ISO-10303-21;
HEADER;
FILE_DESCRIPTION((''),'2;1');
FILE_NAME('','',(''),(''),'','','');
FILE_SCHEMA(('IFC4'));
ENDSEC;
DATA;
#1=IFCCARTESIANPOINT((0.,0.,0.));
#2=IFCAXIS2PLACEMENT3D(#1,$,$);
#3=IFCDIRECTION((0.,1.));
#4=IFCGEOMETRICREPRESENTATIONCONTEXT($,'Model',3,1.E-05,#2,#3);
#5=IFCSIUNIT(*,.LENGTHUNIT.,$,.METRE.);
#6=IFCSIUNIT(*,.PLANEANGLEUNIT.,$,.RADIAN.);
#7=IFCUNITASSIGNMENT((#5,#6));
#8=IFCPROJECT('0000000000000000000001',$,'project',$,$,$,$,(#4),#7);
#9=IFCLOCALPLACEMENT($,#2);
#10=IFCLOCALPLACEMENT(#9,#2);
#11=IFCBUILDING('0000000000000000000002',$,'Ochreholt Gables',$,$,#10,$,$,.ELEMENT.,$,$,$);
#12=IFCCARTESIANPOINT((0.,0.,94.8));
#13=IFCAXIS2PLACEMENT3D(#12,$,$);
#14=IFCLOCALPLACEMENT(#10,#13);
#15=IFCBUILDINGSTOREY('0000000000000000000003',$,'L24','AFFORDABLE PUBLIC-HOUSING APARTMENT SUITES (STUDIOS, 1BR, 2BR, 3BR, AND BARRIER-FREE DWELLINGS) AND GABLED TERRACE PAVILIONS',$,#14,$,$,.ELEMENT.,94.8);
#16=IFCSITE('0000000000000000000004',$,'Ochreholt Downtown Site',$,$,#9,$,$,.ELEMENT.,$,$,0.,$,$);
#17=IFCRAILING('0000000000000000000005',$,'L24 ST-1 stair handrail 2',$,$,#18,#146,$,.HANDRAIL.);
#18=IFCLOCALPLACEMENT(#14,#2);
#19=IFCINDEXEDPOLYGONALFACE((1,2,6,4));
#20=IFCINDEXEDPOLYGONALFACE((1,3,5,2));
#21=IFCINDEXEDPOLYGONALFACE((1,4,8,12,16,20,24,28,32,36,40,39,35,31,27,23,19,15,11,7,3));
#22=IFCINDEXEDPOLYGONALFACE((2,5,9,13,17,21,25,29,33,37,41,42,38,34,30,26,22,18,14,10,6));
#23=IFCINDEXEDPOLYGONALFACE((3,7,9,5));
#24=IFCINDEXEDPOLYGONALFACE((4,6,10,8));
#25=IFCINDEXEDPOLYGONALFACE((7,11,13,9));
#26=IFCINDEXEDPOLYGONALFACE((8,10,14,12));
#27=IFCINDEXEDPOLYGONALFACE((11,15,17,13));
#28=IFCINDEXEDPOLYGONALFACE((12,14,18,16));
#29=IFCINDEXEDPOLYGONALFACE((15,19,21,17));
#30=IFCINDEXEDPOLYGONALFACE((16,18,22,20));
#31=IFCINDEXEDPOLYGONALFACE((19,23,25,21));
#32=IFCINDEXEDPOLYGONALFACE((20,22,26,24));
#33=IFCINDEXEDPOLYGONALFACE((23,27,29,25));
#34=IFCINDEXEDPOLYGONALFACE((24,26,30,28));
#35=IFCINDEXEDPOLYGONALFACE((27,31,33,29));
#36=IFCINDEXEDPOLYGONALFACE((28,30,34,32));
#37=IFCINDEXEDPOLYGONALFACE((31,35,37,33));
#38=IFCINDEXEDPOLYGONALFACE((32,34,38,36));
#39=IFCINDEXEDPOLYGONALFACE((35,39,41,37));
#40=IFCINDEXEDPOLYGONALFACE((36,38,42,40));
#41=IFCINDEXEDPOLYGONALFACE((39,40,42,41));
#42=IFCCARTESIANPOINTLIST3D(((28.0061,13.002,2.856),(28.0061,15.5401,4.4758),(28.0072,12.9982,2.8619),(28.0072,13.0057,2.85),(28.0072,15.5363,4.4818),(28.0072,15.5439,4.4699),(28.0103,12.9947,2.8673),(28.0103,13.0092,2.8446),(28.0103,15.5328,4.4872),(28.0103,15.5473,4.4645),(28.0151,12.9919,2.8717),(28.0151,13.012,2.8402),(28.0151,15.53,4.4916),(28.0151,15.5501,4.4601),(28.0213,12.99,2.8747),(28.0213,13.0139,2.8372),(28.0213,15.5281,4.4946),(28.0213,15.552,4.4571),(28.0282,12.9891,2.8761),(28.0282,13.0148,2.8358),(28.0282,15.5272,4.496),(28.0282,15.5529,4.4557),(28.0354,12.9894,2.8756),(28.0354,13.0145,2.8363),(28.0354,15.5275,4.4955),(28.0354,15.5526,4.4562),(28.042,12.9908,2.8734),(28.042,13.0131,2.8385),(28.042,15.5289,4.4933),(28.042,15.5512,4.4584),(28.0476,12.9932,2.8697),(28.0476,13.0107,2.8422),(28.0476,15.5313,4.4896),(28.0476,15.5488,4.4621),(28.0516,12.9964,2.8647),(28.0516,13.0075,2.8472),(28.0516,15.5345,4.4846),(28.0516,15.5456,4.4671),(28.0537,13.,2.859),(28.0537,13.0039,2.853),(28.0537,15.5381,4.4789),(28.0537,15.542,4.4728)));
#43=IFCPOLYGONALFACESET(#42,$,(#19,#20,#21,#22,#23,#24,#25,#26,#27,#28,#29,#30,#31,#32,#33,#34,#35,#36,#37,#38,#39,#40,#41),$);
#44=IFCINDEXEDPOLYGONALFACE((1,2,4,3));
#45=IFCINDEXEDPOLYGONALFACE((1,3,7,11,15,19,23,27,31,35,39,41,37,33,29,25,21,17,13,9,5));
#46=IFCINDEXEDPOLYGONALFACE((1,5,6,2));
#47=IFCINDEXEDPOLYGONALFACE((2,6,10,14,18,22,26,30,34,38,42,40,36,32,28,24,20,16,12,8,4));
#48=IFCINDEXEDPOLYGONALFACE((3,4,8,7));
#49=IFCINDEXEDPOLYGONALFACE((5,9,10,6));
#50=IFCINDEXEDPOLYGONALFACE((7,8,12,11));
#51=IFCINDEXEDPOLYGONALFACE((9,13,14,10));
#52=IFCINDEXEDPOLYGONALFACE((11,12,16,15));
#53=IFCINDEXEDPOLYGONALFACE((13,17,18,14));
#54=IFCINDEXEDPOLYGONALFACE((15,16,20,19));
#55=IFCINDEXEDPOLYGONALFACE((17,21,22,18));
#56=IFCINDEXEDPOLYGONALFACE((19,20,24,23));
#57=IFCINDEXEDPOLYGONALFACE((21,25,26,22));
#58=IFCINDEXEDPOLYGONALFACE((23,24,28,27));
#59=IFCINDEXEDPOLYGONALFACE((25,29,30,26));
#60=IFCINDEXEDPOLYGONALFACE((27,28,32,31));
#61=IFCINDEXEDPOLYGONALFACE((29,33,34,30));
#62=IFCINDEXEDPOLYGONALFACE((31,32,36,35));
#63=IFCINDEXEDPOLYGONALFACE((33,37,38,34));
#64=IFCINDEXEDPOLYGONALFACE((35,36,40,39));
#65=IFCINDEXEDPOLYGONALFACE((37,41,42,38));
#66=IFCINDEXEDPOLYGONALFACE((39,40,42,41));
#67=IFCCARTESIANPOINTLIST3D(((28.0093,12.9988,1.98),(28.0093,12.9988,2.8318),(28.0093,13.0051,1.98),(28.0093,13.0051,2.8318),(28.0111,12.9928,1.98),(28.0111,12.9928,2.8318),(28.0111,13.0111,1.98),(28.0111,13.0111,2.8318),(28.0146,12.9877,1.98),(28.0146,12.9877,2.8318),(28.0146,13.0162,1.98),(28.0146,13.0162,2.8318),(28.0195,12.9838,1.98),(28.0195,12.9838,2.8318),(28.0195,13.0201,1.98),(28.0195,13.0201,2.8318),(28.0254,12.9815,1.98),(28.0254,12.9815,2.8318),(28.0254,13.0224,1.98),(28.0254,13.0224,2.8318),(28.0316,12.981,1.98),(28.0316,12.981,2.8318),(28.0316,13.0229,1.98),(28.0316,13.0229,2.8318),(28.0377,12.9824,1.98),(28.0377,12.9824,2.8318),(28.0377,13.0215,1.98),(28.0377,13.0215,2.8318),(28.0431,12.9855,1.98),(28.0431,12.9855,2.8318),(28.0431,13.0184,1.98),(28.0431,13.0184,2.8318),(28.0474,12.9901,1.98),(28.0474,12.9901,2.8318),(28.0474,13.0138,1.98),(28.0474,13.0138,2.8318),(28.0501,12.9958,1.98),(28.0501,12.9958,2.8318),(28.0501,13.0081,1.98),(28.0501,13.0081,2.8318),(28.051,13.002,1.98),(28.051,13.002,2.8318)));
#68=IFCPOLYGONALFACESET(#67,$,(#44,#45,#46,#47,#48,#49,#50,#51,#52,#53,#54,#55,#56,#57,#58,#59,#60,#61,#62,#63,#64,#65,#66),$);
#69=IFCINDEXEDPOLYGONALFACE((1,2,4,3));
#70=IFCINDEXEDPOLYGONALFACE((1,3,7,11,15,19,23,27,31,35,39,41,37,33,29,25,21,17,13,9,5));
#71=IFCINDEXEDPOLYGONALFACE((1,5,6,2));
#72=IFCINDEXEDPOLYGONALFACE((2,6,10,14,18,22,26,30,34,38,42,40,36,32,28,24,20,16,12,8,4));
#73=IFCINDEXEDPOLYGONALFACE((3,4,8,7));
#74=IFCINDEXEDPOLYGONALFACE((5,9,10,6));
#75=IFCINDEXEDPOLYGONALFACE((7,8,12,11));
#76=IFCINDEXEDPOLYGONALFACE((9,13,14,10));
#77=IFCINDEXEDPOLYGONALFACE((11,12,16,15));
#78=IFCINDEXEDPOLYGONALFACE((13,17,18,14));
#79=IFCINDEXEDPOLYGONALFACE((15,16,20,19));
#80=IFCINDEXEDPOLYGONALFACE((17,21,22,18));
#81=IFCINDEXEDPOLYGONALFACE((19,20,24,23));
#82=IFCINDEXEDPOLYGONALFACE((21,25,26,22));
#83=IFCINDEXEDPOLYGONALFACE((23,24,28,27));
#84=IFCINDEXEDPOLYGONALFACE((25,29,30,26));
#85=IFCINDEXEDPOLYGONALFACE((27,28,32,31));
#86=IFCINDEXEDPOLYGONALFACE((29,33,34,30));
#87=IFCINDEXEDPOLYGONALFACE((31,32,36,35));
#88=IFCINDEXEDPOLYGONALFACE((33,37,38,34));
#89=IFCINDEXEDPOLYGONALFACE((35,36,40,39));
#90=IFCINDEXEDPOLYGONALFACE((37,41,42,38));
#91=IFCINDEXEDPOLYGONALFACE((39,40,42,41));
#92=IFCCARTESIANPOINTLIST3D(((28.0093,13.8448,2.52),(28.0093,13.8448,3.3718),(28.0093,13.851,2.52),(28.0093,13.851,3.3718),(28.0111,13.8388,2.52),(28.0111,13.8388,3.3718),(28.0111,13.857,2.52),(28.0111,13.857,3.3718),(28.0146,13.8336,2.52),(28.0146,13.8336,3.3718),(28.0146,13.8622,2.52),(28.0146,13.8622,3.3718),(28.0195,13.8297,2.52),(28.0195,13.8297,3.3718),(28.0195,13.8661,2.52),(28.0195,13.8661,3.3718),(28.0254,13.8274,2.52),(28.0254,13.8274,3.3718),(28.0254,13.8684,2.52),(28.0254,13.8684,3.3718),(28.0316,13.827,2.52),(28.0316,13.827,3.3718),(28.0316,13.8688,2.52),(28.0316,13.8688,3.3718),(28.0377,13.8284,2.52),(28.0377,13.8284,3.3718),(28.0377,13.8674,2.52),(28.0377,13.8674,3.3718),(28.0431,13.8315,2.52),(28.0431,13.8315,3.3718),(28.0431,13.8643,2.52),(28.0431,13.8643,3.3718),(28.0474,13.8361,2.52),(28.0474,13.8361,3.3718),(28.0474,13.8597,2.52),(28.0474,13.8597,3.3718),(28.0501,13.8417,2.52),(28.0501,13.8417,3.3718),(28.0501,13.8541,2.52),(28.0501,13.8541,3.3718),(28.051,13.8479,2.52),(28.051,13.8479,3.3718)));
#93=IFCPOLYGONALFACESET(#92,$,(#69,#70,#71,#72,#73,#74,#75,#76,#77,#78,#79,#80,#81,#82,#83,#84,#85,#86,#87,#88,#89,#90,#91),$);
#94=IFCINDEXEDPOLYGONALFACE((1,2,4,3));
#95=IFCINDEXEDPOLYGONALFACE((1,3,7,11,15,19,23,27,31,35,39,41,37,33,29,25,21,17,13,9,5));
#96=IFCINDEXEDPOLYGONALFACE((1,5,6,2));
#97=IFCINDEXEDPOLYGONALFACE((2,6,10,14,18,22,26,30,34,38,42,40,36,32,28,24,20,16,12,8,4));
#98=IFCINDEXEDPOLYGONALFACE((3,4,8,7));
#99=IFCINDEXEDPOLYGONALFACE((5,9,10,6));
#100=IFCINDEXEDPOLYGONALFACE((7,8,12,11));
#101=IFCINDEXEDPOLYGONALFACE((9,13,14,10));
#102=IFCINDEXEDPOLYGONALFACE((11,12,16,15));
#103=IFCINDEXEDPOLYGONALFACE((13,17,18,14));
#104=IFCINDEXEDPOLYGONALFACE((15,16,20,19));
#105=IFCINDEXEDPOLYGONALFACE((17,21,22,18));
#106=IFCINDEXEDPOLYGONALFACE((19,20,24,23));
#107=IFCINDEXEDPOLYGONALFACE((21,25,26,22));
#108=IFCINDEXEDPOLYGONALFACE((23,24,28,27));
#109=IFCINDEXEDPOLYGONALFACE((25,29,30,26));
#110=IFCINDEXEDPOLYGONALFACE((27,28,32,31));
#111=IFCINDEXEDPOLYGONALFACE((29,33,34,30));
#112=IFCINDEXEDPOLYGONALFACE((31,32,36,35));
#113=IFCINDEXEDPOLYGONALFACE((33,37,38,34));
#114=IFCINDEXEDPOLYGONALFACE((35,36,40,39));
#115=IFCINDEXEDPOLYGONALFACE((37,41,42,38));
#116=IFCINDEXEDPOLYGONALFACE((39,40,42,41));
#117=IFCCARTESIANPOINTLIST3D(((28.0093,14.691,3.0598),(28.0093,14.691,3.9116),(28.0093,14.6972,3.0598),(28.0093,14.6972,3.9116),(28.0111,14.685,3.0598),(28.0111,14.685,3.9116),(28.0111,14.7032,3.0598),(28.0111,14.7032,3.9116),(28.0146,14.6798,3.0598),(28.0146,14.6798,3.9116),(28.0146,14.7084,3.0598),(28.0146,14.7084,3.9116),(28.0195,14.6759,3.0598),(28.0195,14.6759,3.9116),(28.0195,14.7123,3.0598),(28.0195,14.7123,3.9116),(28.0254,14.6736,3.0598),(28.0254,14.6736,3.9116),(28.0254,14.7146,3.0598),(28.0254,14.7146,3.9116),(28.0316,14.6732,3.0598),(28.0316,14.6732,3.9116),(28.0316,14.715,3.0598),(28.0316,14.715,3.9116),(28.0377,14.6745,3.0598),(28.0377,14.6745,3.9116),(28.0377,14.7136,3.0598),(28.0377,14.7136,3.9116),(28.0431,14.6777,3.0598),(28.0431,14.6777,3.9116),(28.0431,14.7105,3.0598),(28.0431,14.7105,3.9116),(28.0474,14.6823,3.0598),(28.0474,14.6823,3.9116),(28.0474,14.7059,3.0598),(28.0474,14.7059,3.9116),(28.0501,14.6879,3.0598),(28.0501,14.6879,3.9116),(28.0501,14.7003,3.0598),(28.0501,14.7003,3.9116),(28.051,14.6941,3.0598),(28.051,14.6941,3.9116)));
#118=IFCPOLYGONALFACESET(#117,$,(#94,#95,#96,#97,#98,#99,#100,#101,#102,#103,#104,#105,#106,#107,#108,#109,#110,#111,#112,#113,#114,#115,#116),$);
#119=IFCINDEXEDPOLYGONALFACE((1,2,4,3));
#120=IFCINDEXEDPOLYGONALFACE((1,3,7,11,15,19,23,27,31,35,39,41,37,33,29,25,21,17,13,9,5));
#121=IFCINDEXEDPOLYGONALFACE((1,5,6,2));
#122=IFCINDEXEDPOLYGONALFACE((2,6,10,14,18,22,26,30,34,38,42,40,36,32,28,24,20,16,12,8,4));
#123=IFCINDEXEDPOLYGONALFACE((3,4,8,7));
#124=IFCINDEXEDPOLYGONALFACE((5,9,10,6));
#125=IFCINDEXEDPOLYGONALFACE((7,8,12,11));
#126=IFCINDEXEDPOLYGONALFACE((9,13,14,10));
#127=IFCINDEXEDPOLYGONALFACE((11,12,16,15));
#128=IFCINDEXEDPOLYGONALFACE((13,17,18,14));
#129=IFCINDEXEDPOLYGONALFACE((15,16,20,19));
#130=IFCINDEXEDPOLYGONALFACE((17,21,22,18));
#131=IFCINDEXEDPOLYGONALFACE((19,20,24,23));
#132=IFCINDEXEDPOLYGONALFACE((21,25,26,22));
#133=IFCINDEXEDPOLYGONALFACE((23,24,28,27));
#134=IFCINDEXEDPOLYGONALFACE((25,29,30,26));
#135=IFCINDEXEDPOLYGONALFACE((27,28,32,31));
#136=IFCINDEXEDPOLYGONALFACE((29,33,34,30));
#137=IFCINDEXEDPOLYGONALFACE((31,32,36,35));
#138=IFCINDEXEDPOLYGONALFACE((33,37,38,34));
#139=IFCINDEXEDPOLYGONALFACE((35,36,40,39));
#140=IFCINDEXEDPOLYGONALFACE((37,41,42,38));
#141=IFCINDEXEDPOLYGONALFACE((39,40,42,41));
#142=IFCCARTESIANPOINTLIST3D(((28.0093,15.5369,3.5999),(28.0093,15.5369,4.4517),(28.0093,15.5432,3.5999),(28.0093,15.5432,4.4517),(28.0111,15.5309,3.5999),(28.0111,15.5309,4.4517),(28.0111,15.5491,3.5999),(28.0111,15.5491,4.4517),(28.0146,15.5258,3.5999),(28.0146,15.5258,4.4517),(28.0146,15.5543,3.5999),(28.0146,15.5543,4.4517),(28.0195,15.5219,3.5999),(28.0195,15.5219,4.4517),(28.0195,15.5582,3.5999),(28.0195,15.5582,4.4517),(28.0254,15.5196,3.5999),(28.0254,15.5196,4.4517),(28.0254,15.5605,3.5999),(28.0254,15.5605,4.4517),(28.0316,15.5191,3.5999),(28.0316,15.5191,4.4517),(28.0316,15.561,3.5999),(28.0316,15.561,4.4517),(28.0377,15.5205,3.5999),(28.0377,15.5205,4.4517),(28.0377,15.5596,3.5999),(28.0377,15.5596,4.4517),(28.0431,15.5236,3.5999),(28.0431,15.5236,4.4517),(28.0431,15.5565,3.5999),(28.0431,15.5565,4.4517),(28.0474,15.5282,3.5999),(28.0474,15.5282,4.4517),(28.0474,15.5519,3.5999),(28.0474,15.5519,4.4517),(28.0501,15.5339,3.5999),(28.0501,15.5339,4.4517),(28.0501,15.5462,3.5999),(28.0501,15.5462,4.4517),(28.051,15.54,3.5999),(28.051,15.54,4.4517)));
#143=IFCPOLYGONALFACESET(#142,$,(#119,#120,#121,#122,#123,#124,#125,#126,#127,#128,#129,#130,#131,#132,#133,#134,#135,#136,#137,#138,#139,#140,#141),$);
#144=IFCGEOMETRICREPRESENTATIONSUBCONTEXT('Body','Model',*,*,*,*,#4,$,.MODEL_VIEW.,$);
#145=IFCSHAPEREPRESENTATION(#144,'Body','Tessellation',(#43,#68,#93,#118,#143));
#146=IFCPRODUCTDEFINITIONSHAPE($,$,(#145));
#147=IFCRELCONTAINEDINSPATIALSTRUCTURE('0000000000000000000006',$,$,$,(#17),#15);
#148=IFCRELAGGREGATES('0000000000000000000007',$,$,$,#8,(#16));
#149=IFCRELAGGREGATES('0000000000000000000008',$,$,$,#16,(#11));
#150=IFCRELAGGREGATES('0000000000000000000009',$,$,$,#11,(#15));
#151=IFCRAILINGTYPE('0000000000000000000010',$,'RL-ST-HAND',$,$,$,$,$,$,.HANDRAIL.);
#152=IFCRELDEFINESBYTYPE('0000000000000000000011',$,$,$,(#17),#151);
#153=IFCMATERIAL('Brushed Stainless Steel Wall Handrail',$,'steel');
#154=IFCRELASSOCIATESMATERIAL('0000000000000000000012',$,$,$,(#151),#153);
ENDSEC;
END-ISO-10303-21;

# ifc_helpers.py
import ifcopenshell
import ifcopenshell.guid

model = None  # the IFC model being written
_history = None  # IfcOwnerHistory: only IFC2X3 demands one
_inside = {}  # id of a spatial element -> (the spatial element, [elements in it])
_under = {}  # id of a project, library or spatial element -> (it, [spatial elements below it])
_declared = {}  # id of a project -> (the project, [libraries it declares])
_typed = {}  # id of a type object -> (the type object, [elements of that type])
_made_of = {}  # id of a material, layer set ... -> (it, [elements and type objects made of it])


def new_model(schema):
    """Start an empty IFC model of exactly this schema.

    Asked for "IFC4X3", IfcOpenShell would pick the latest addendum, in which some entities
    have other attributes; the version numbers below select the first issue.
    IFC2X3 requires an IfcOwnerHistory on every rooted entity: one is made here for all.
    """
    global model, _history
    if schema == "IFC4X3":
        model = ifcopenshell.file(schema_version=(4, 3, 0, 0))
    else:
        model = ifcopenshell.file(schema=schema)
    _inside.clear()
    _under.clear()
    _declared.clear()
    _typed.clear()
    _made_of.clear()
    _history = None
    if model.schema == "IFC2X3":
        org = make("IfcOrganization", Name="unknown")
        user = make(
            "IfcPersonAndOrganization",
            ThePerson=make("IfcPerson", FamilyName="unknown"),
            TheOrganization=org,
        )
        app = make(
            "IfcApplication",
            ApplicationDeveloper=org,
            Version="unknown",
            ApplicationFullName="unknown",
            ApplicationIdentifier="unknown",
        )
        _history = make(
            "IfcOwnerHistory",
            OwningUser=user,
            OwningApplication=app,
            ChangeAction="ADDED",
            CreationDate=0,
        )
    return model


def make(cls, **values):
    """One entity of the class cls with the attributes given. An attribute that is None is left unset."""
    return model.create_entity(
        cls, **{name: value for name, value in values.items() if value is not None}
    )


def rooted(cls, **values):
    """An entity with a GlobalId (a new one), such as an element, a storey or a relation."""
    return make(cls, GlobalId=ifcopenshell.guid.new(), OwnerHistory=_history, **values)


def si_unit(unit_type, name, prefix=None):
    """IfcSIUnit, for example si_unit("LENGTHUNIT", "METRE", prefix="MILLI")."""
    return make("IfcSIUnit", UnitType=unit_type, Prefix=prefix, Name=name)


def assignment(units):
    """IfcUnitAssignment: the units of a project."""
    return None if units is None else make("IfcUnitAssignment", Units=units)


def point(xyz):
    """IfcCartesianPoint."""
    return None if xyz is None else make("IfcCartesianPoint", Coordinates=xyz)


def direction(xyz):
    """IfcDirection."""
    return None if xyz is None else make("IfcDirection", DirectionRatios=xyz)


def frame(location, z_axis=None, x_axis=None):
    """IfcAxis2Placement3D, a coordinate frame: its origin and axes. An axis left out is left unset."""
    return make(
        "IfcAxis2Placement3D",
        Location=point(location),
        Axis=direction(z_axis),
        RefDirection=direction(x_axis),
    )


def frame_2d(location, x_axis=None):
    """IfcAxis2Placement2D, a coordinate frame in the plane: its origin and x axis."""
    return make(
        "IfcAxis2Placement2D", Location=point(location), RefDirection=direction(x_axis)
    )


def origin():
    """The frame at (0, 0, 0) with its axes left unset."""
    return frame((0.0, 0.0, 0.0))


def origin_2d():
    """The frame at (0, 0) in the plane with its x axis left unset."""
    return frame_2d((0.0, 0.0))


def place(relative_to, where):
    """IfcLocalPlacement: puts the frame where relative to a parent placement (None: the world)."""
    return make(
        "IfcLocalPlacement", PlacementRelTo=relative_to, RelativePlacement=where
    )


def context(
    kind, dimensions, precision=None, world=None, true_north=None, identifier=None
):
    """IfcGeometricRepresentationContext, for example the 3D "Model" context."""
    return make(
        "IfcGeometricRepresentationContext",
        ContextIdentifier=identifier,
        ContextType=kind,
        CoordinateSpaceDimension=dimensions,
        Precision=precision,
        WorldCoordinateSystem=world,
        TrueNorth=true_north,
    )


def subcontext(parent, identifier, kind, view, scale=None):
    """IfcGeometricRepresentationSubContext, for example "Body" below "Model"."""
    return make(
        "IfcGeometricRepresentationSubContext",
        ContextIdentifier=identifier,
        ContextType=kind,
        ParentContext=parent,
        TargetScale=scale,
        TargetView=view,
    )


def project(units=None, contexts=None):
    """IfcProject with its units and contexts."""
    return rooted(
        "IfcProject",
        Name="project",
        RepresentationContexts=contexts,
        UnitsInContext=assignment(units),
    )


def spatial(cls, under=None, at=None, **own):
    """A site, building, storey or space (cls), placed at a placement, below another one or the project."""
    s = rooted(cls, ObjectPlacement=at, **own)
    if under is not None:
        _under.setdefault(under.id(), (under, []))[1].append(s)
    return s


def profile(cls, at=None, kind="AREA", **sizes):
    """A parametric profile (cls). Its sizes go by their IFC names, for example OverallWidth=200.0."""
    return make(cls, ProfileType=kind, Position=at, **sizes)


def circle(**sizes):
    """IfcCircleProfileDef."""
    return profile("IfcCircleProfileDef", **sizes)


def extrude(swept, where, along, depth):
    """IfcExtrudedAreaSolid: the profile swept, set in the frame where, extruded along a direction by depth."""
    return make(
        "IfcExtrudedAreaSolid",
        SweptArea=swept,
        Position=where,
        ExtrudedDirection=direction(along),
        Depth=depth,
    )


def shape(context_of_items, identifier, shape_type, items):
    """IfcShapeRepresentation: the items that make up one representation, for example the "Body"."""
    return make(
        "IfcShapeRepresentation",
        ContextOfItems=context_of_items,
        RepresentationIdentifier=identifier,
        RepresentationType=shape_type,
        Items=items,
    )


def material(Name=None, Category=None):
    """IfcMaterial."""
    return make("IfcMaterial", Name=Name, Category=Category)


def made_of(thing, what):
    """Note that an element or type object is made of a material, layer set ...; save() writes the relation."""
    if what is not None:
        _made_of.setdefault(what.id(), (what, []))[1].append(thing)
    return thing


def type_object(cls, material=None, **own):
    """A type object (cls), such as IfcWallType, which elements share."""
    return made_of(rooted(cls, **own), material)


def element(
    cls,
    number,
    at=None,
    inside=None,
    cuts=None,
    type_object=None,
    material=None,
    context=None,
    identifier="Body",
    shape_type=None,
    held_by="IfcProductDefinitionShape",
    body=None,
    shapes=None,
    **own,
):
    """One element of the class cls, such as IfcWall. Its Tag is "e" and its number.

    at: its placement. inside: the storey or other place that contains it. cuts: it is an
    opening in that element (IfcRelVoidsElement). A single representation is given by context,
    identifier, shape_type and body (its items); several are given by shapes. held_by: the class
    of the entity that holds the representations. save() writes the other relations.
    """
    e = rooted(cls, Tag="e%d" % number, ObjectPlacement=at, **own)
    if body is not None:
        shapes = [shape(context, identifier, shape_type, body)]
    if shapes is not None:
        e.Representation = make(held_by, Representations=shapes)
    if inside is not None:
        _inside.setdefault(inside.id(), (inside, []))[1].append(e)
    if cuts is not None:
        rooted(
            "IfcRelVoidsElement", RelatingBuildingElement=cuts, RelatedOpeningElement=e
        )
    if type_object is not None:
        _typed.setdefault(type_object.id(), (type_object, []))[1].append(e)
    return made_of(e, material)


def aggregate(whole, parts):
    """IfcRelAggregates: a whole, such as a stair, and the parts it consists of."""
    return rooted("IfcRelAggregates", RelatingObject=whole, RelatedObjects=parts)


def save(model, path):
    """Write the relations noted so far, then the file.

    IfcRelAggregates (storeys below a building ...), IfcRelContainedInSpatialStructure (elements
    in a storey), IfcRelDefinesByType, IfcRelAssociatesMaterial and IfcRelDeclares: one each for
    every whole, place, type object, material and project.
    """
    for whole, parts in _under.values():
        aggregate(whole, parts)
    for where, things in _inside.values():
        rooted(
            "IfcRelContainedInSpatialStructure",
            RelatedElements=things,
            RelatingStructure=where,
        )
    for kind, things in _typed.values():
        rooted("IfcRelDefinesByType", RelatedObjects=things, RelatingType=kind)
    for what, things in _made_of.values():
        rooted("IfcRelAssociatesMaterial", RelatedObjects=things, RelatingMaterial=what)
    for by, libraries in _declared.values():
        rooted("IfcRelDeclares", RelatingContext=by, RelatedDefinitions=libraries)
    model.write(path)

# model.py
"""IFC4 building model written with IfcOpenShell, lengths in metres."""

from ifc_helpers import new_model, si_unit, direction, frame, origin, origin_2d, place, context, subcontext, project, spatial, circle, extrude, material, type_object, element, save


model = new_model("IFC4")

# Units and contexts
model_context = context("Model", 3, precision=1e-05, world=origin(), true_north=direction((0.0, 1.0)))
body_context = subcontext(model_context, "Body", "Model", "MODEL_VIEW")
ifc_project = project(units=[si_unit("LENGTHUNIT", "METRE"), si_unit("PLANEANGLEUNIT", "RADIAN")], contexts=[model_context])

# Site, building, storey
site_placement = place(None, origin())
site = spatial("IfcSite", under=ifc_project, at=site_placement, Name="Ochreholt Downtown Site", CompositionType="ELEMENT", RefElevation=0.0)
building_placement = place(site_placement, origin())
building = spatial("IfcBuilding", under=site, at=building_placement, Name="Ochreholt Gables", CompositionType="ELEMENT")
storey_placement = place(building_placement, frame((0.0, 0.0, 94.8)))
storey = spatial("IfcBuildingStorey", under=building, at=storey_placement, Name="L24", Description="AFFORDABLE PUBLIC-HOUSING APARTMENT SUITES (STUDIOS, 1BR, 2BR, 3BR, AND BARRIER-FREE DWELLINGS) AND GABLED TERRACE PAVILIONS", CompositionType="ELEMENT", Elevation=94.8)

# Railing
ifc_material_1 = material(Name="Brushed Stainless Steel Wall Handrail", Category="steel")
railing_type_1 = type_object("IfcRailingType", Name="RL-ST-HAND", PredefinedType="HANDRAIL", material=ifc_material_1)
railing_1_placement = place(storey_placement, frame((28.03, 13.002, 1.98)))
element("IfcRailing", 1, at=railing_1_placement, inside=storey, type_object=railing_type_1, Name="L24 ST-1 stair handrail 2", PredefinedType="HANDRAIL", context=body_context, shape_type="SweptSolid", body=[
    extrude(circle(Radius=0.0239, at=origin_2d()), frame((0.0, 0.0, 0.876), z_axis=(0.0, 0.84295, 0.537993), x_axis=(-1.0, 0.0, 0.0)), (0.0, 0.0, 1.0), 3.011),
    extrude(circle(Radius=0.021, at=origin_2d()), origin(), (0.0, 0.0, 1.0), 0.8518),
    extrude(circle(Radius=0.021, at=origin_2d()), frame((0.0, 0.8459, 0.54)), (0.0, 0.0, 1.0), 0.8518),
    extrude(circle(Radius=0.021, at=origin_2d()), frame((0.0, 1.6921, 1.0798)), (0.0, 0.0, 1.0), 0.8518),
    extrude(circle(Radius=0.021, at=origin_2d()), frame((0.0, 2.5381, 1.6199)), (0.0, 0.0, 1.0), 0.8518),
])

save(model, "model.ifc")
